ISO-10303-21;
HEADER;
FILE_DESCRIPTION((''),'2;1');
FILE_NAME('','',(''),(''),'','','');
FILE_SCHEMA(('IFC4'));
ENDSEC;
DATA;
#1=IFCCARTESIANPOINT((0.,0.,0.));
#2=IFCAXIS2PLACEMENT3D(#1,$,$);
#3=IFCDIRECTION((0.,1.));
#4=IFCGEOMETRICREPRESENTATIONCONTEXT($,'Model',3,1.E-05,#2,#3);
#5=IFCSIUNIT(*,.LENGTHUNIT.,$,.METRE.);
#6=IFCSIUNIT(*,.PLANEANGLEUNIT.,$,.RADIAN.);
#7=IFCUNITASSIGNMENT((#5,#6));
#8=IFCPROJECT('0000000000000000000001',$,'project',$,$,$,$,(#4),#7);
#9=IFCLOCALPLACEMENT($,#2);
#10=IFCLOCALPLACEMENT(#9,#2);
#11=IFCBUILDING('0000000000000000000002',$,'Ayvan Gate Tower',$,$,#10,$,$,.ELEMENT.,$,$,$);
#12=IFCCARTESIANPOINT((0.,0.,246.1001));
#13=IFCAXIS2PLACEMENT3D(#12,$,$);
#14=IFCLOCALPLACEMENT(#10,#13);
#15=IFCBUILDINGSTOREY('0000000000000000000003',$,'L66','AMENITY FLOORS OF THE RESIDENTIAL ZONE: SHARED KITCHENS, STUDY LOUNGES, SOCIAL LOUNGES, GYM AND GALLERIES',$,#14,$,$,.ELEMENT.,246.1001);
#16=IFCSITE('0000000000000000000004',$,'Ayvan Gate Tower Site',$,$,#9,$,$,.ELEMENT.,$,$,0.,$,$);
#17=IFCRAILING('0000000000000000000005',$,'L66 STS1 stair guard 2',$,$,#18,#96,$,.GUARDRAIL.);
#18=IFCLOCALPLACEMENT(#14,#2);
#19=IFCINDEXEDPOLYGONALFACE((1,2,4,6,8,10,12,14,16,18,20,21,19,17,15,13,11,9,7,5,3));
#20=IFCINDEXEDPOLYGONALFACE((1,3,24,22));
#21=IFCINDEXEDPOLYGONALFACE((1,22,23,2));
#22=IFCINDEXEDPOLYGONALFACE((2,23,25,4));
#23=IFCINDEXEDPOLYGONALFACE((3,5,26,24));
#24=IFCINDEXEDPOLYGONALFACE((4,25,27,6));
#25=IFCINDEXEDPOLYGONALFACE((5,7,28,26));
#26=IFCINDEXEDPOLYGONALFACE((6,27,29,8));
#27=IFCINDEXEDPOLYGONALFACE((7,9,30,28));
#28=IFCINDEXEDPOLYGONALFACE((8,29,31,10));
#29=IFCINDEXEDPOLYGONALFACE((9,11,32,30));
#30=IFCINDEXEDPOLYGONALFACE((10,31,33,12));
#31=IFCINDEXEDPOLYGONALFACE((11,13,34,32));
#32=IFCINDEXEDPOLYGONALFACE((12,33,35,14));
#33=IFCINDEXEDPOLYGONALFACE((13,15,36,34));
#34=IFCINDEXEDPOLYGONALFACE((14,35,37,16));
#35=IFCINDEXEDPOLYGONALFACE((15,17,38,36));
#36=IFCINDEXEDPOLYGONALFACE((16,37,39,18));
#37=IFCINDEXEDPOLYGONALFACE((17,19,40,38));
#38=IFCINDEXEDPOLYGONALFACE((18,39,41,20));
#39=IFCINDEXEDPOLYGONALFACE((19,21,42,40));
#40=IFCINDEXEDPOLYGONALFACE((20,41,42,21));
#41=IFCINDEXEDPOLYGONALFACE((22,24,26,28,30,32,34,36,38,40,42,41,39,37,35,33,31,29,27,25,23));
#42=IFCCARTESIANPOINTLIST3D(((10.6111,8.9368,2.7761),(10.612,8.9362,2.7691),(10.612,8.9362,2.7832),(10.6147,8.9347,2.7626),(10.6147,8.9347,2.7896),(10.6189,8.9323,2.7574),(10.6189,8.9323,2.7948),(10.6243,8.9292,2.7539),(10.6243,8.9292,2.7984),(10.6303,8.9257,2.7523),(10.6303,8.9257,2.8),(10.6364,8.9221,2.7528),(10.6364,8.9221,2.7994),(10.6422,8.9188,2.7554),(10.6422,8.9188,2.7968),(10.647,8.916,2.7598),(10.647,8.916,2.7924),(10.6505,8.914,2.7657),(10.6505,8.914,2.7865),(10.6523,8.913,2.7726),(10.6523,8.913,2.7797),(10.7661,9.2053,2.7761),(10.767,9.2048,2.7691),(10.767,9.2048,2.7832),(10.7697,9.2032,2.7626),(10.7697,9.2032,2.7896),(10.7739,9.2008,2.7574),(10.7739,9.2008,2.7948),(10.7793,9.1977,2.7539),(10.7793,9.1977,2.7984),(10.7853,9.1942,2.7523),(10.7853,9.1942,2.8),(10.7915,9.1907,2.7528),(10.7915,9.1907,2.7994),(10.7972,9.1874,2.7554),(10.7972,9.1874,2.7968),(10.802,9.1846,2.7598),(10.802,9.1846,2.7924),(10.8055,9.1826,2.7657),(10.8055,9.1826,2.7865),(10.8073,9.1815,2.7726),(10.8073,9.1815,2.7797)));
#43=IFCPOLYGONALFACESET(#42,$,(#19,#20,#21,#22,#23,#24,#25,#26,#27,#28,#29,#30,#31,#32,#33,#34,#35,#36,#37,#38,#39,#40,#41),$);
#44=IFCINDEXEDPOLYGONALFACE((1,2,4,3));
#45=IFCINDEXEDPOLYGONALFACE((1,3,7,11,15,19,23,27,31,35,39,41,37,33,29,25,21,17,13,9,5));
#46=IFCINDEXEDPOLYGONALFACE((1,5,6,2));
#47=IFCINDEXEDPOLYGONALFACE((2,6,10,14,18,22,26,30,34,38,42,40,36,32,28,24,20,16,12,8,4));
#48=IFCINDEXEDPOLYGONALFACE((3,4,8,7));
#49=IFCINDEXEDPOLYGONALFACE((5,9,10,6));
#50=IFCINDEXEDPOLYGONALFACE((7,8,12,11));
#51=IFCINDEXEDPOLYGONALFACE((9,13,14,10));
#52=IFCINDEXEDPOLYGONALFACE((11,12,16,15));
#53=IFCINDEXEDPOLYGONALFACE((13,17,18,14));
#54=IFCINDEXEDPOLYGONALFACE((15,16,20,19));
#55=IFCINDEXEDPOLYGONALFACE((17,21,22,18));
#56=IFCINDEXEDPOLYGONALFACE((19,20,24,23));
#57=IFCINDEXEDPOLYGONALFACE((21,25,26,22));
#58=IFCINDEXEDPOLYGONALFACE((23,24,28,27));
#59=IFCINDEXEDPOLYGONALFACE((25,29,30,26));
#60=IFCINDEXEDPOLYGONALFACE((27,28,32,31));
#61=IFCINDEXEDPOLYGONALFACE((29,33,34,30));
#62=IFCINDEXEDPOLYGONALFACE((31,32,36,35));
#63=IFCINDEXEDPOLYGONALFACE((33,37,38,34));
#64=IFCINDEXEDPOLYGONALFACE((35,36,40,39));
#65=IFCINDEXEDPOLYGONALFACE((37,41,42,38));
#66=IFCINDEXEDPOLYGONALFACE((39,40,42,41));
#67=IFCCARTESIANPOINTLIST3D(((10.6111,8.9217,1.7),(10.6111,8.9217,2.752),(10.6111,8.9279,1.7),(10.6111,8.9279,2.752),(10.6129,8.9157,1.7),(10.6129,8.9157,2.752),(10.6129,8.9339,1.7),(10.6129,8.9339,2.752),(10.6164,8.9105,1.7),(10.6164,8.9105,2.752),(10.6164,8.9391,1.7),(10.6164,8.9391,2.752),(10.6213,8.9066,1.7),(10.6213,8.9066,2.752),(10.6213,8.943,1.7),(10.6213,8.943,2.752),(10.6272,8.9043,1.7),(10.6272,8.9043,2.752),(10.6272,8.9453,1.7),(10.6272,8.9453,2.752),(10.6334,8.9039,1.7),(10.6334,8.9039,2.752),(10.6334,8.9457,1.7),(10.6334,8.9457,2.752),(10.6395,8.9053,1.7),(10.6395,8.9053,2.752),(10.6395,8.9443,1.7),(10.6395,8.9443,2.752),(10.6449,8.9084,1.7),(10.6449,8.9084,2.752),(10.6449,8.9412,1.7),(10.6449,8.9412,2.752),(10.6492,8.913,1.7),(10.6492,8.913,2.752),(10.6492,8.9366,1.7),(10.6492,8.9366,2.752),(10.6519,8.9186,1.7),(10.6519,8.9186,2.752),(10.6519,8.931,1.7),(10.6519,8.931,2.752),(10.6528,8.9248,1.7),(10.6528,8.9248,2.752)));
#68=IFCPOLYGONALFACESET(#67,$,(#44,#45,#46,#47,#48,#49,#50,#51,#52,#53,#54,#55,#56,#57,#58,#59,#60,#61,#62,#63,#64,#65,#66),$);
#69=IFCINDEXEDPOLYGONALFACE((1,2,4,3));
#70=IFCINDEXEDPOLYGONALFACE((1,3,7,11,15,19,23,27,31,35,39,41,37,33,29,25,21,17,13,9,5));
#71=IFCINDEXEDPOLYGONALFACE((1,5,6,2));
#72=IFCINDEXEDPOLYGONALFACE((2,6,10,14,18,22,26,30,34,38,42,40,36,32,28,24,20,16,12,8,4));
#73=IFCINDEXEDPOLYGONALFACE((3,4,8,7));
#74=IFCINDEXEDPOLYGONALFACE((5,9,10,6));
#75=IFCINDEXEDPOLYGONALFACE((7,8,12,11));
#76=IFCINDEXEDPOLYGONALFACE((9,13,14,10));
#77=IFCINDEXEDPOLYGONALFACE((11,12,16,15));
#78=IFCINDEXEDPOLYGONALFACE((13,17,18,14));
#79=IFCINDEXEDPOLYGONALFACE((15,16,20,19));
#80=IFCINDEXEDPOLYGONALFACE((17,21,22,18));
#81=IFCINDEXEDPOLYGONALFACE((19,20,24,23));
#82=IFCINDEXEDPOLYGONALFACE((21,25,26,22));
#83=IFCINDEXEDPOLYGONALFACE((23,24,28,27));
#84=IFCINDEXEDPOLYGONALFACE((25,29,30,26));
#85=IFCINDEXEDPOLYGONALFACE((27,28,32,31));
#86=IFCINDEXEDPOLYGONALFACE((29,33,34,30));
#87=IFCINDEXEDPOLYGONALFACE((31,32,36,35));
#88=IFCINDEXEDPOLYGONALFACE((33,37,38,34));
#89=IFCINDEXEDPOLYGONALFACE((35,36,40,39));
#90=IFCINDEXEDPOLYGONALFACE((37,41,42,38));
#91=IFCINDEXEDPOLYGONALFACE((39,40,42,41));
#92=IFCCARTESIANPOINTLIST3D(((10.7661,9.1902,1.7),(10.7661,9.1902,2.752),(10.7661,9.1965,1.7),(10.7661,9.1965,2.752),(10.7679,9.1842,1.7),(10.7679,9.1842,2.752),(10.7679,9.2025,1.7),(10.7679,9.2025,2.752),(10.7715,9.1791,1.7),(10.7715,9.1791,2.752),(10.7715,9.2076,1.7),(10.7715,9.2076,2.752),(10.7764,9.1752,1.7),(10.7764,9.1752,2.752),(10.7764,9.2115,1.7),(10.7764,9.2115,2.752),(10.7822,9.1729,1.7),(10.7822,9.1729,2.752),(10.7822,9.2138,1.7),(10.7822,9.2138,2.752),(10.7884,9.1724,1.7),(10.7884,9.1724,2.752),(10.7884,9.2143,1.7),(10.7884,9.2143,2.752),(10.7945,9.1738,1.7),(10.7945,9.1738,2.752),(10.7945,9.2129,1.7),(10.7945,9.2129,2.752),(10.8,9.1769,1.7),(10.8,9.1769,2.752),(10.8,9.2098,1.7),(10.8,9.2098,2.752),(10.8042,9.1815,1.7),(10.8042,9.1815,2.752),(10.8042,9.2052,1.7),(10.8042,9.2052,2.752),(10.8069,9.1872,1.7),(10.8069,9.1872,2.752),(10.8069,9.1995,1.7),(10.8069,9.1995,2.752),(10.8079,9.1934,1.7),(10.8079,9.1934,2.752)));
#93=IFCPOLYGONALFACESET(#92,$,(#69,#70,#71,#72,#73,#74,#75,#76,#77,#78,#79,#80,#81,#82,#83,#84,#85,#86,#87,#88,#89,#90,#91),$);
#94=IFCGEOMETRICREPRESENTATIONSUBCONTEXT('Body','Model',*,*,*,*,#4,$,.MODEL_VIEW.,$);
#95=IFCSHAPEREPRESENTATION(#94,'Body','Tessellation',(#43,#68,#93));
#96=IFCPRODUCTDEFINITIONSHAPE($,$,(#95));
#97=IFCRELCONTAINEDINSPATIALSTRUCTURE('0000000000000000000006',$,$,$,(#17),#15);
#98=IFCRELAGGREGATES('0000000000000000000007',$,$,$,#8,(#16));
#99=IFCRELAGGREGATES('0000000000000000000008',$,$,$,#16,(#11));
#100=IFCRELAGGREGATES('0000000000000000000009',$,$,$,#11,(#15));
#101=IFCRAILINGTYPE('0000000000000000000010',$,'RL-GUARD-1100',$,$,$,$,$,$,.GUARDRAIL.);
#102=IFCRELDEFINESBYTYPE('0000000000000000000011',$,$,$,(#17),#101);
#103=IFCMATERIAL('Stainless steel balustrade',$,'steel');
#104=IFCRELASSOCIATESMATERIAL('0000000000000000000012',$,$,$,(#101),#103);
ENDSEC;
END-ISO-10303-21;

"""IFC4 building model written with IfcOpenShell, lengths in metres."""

from ifc_helpers import new_model, si_unit, direction, frame, origin, origin_2d, place, context, subcontext, project, spatial, circle, extrude, material, type_object, element, save


model = new_model("IFC4")

# Units and contexts
model_context = context("Model", 3, precision=1e-05, world=origin(), true_north=direction((0.0, 1.0)))
body_context = subcontext(model_context, "Body", "Model", "MODEL_VIEW")
ifc_project = project(units=[si_unit("LENGTHUNIT", "METRE"), si_unit("PLANEANGLEUNIT", "RADIAN")], contexts=[model_context])

# Site, building, storey
site_placement = place(None, origin())
site = spatial("IfcSite", under=ifc_project, at=site_placement, Name="Ayvan Gate Tower Site", CompositionType="ELEMENT", RefElevation=0.0)
building_placement = place(site_placement, origin())
building = spatial("IfcBuilding", under=site, at=building_placement, Name="Ayvan Gate Tower", CompositionType="ELEMENT")
storey_placement = place(building_placement, frame((0.0, 0.0, 246.1001)))
storey = spatial("IfcBuildingStorey", under=building, at=storey_placement, Name="L66", Description="AMENITY FLOORS OF THE RESIDENTIAL ZONE: SHARED KITCHENS, STUDY LOUNGES, SOCIAL LOUNGES, GYM AND GALLERIES", CompositionType="ELEMENT", Elevation=246.1001)

# Railing
ifc_material_1 = material(Name="Stainless steel balustrade", Category="steel")
railing_type_1 = type_object("IfcRailingType", Name="RL-GUARD-1100", PredefinedType="GUARDRAIL", material=ifc_material_1)
railing_1_placement = place(storey_placement, frame((10.6318, 8.9248, 1.7)))
element("IfcRailing", 1, at=railing_1_placement, inside=storey, type_object=railing_type_1, Name="L66 STS1 stair guard 2", PredefinedType="GUARDRAIL", context=body_context, shape_type="SweptSolid", body=[
    extrude(circle(Radius=0.0239, at=origin_2d()), frame((0.0, 0.0, 1.0762), z_axis=(0.49995, 0.866054, 0.0), x_axis=(-0.866054, 0.49995, 0.0)), (0.0, 0.0, 1.0), 0.3101),
    extrude(circle(Radius=0.021, at=origin_2d()), origin(), (0.0, 0.0, 1.0), 1.052),
    extrude(circle(Radius=0.021, at=origin_2d()), frame((0.155, 0.2686, 0.0)), (0.0, 0.0, 1.0), 1.052),
])

save(model, "model.ifc")
